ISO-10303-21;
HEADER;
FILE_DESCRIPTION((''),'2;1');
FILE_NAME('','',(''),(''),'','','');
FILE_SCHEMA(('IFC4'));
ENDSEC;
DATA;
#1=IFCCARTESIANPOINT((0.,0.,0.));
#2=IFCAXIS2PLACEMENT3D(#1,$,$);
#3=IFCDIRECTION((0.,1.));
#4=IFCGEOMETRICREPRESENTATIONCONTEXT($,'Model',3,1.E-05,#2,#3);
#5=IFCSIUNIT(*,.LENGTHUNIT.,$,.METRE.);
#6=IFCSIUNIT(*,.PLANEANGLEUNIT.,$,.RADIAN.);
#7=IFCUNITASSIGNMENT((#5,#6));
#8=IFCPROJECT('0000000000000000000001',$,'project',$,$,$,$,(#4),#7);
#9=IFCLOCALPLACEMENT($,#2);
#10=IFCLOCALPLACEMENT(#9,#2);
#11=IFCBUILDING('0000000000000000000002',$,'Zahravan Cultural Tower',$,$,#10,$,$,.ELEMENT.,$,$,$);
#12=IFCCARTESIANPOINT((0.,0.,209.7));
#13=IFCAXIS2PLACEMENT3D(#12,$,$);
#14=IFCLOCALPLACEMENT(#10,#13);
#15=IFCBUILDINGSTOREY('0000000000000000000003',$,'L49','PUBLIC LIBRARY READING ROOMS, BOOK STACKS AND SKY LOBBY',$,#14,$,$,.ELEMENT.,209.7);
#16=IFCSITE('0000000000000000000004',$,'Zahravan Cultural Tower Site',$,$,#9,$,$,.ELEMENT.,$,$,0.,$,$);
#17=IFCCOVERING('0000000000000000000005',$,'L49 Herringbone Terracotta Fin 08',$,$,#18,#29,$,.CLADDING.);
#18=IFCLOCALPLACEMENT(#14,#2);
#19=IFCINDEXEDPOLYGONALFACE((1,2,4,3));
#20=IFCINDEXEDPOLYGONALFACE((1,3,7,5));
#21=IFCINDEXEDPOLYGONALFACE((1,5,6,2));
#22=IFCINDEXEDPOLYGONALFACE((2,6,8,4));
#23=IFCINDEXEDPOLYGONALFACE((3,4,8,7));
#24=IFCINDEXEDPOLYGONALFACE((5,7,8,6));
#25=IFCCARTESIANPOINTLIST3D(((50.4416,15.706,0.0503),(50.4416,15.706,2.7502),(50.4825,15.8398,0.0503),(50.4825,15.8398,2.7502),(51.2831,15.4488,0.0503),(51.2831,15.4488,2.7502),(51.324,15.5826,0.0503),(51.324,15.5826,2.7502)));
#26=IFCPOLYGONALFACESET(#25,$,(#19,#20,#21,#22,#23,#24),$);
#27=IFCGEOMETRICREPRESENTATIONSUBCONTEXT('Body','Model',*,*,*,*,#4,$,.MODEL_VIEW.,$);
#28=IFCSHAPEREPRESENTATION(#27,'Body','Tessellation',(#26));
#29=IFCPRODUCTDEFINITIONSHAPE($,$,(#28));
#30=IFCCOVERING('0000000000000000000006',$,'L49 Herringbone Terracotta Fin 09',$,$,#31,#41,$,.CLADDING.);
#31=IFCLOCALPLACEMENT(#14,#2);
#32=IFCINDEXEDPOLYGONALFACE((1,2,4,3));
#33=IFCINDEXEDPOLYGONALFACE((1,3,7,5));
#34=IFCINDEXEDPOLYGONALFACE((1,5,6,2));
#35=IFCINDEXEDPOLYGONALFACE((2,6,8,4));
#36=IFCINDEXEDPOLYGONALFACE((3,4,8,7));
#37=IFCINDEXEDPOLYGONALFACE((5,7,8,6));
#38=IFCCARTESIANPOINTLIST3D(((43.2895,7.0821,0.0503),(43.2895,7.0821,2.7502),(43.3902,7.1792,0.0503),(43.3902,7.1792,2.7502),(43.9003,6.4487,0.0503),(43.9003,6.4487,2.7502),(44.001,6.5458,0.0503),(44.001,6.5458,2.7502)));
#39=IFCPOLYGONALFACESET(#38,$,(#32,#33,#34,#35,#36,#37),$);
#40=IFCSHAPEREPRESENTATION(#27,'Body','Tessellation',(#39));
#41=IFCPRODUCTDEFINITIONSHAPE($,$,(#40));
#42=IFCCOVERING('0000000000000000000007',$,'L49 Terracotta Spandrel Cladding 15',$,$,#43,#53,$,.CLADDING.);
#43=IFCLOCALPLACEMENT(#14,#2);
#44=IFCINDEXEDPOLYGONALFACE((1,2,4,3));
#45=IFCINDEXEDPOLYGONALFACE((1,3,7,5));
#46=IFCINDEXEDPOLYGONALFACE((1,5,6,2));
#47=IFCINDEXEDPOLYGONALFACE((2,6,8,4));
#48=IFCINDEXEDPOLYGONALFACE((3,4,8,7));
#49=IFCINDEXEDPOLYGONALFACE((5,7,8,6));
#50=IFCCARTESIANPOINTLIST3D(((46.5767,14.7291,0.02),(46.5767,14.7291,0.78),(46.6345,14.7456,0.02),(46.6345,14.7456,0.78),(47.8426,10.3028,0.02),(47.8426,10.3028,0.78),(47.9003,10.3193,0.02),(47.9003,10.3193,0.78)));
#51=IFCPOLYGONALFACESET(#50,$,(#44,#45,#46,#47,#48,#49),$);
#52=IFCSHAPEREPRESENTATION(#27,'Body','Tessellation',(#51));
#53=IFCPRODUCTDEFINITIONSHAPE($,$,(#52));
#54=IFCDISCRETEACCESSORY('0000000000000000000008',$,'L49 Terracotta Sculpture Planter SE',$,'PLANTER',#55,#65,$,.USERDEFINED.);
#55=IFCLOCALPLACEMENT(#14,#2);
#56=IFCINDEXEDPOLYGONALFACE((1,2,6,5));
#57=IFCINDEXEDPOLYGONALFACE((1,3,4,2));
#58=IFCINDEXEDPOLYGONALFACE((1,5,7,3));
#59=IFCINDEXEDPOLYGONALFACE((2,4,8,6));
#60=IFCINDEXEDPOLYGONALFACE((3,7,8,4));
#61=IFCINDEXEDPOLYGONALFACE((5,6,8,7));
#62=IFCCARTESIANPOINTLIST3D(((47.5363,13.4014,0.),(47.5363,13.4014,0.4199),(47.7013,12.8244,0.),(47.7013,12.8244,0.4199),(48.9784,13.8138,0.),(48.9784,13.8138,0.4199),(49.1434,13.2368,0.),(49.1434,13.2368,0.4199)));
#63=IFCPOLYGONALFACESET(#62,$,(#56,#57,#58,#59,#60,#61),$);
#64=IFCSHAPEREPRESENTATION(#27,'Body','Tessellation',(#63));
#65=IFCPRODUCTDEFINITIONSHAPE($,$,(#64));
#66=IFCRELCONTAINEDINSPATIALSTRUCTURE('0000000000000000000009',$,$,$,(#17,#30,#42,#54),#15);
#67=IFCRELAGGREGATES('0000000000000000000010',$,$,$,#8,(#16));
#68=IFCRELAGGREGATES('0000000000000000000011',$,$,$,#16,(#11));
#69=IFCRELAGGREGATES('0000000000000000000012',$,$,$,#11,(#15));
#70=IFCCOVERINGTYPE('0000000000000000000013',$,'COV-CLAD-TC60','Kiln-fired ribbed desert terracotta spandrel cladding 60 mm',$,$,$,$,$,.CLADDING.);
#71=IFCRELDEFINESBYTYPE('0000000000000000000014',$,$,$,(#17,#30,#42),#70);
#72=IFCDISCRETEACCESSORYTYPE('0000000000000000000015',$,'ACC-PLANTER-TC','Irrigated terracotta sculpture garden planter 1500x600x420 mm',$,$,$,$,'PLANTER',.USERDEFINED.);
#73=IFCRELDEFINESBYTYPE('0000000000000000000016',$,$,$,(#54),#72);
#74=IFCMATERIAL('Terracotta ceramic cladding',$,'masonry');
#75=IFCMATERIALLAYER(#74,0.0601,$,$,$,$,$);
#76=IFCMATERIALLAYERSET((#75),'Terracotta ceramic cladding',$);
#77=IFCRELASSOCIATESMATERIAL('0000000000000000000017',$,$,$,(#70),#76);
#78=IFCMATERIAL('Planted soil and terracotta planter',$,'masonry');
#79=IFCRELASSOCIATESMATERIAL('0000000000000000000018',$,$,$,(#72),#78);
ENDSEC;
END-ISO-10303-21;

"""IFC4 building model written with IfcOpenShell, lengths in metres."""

from ifc_helpers import new_model, si_unit, direction, frame, origin, origin_2d, place, context, subcontext, project, spatial, rectangle, extrude, source, transform, mapped, material, layer, layer_set, type_object, element, save


model = new_model("IFC4")

# Units and contexts
model_context = context("Model", 3, precision=1e-05, world=origin(), true_north=direction((0.0, 1.0)))
body_context = subcontext(model_context, "Body", "Model", "MODEL_VIEW")
ifc_project = project(units=[si_unit("LENGTHUNIT", "METRE"), si_unit("PLANEANGLEUNIT", "RADIAN")], contexts=[model_context])

# Site, building, storey
site_placement = place(None, origin())
site = spatial("IfcSite", under=ifc_project, at=site_placement, Name="Zahravan Cultural Tower Site", CompositionType="ELEMENT", RefElevation=0.0)
building_placement = place(site_placement, origin())
building = spatial("IfcBuilding", under=site, at=building_placement, Name="Zahravan Cultural Tower", CompositionType="ELEMENT")
storey_placement = place(building_placement, frame((0.0, 0.0, 209.7)))
storey = spatial("IfcBuildingStorey", under=building, at=storey_placement, Name="L49", Description="PUBLIC LIBRARY READING ROOMS, BOOK STACKS AND SKY LOBBY", CompositionType="ELEMENT", Elevation=209.7)

# Coverings
ifc_material_1 = material(Name="Terracotta ceramic cladding", Category="masonry")
ifc_layer_1 = layer(ifc_material_1, 0.0601)
ifc_layer_set_1 = layer_set([ifc_layer_1], Name="Terracotta ceramic cladding")
covering_type = type_object("IfcCoveringType", Name="COV-CLAD-TC60", Description="Kiln-fired ribbed desert terracotta spandrel cladding 60 mm", PredefinedType="CLADDING", material=ifc_layer_set_1)
shared_shape_1 = source(origin(), body_context, "Body", "SweptSolid", [
    extrude(rectangle(XDim=0.8799, YDim=0.1399, at=origin_2d()), origin(), (0.0, 0.0, 1.0), 2.7),
])
for number, where, z_axis, x_axis, name in (
    (1, (50.8828, 15.6443, 0.0503), (0.0, 0.0, 1.0), (0.956305, -0.292372, 0.0), "L49 Herringbone Terracotta Fin 08"),
    (2, (43.6453, 6.814, 0.0503), (0.0, 0.0, 1.0), (0.694156, -0.719825, 0.0), "L49 Herringbone Terracotta Fin 09"),
):
    element("IfcCovering", number, at=place(storey_placement, frame(where, z_axis=z_axis, x_axis=x_axis)), inside=storey, type_object=covering_type, Name=name, PredefinedType="CLADDING", context=body_context, shape_type="MappedRepresentation", body=[
        mapped(shared_shape_1, transform((0.0, 0.0, 0.0), x_axis=(1.0, 0.0, 0.0), y_axis=(0.0, 1.0, 0.0), z_axis=(0.0, 0.0, 1.0), scale=1.0)),
    ])
shared_shape_2 = source(origin(), body_context, "Body", "SweptSolid", [
    extrude(rectangle(XDim=4.6038, YDim=0.0601, at=origin_2d()), origin(), (0.0, 0.0, 1.0), 0.76),
])
covering_1_placement = place(storey_placement, frame((47.2385, 12.5242, 0.02), z_axis=(0.0, 0.0, 1.0), x_axis=(0.274966, -0.961454, 0.0)))
element("IfcCovering", 3, at=covering_1_placement, inside=storey, type_object=covering_type, Name="L49 Terracotta Spandrel Cladding 15", PredefinedType="CLADDING", context=body_context, shape_type="MappedRepresentation", body=[
    mapped(shared_shape_2, transform((0.0, 0.0, 0.0), x_axis=(1.0, 0.0, 0.0), y_axis=(0.0, 1.0, 0.0), z_axis=(0.0, 0.0, 1.0), scale=1.0)),
])

# Discrete accessory
ifc_material_2 = material(Name="Planted soil and terracotta planter", Category="masonry")
discrete_accessory_type = type_object("IfcDiscreteAccessoryType", Name="ACC-PLANTER-TC", Description="Irrigated terracotta sculpture garden planter 1500x600x420 mm", ElementType="PLANTER", PredefinedType="USERDEFINED", material=ifc_material_2)
shared_shape_3 = source(origin(), body_context, "Body", "SweptSolid", [
    extrude(rectangle(XDim=1.5, YDim=0.6001, at=origin_2d()), origin(), (0.0, 0.0, 1.0), 0.4199),
])
discrete_accessory_placement = place(storey_placement, frame((48.3398, 13.3191, 0.0), z_axis=(0.0, 0.0, 1.0), x_axis=(0.961454, 0.274966, 0.0)))
element("IfcDiscreteAccessory", 4, at=discrete_accessory_placement, inside=storey, type_object=discrete_accessory_type, Name="L49 Terracotta Sculpture Planter SE", ObjectType="PLANTER", PredefinedType="USERDEFINED", context=body_context, shape_type="MappedRepresentation", body=[
    mapped(shared_shape_3, transform((0.0, 0.0, 0.0), x_axis=(1.0, 0.0, 0.0), y_axis=(0.0, 1.0, 0.0), z_axis=(0.0, 0.0, 1.0), scale=1.0)),
])

save(model, "model.ifc")
